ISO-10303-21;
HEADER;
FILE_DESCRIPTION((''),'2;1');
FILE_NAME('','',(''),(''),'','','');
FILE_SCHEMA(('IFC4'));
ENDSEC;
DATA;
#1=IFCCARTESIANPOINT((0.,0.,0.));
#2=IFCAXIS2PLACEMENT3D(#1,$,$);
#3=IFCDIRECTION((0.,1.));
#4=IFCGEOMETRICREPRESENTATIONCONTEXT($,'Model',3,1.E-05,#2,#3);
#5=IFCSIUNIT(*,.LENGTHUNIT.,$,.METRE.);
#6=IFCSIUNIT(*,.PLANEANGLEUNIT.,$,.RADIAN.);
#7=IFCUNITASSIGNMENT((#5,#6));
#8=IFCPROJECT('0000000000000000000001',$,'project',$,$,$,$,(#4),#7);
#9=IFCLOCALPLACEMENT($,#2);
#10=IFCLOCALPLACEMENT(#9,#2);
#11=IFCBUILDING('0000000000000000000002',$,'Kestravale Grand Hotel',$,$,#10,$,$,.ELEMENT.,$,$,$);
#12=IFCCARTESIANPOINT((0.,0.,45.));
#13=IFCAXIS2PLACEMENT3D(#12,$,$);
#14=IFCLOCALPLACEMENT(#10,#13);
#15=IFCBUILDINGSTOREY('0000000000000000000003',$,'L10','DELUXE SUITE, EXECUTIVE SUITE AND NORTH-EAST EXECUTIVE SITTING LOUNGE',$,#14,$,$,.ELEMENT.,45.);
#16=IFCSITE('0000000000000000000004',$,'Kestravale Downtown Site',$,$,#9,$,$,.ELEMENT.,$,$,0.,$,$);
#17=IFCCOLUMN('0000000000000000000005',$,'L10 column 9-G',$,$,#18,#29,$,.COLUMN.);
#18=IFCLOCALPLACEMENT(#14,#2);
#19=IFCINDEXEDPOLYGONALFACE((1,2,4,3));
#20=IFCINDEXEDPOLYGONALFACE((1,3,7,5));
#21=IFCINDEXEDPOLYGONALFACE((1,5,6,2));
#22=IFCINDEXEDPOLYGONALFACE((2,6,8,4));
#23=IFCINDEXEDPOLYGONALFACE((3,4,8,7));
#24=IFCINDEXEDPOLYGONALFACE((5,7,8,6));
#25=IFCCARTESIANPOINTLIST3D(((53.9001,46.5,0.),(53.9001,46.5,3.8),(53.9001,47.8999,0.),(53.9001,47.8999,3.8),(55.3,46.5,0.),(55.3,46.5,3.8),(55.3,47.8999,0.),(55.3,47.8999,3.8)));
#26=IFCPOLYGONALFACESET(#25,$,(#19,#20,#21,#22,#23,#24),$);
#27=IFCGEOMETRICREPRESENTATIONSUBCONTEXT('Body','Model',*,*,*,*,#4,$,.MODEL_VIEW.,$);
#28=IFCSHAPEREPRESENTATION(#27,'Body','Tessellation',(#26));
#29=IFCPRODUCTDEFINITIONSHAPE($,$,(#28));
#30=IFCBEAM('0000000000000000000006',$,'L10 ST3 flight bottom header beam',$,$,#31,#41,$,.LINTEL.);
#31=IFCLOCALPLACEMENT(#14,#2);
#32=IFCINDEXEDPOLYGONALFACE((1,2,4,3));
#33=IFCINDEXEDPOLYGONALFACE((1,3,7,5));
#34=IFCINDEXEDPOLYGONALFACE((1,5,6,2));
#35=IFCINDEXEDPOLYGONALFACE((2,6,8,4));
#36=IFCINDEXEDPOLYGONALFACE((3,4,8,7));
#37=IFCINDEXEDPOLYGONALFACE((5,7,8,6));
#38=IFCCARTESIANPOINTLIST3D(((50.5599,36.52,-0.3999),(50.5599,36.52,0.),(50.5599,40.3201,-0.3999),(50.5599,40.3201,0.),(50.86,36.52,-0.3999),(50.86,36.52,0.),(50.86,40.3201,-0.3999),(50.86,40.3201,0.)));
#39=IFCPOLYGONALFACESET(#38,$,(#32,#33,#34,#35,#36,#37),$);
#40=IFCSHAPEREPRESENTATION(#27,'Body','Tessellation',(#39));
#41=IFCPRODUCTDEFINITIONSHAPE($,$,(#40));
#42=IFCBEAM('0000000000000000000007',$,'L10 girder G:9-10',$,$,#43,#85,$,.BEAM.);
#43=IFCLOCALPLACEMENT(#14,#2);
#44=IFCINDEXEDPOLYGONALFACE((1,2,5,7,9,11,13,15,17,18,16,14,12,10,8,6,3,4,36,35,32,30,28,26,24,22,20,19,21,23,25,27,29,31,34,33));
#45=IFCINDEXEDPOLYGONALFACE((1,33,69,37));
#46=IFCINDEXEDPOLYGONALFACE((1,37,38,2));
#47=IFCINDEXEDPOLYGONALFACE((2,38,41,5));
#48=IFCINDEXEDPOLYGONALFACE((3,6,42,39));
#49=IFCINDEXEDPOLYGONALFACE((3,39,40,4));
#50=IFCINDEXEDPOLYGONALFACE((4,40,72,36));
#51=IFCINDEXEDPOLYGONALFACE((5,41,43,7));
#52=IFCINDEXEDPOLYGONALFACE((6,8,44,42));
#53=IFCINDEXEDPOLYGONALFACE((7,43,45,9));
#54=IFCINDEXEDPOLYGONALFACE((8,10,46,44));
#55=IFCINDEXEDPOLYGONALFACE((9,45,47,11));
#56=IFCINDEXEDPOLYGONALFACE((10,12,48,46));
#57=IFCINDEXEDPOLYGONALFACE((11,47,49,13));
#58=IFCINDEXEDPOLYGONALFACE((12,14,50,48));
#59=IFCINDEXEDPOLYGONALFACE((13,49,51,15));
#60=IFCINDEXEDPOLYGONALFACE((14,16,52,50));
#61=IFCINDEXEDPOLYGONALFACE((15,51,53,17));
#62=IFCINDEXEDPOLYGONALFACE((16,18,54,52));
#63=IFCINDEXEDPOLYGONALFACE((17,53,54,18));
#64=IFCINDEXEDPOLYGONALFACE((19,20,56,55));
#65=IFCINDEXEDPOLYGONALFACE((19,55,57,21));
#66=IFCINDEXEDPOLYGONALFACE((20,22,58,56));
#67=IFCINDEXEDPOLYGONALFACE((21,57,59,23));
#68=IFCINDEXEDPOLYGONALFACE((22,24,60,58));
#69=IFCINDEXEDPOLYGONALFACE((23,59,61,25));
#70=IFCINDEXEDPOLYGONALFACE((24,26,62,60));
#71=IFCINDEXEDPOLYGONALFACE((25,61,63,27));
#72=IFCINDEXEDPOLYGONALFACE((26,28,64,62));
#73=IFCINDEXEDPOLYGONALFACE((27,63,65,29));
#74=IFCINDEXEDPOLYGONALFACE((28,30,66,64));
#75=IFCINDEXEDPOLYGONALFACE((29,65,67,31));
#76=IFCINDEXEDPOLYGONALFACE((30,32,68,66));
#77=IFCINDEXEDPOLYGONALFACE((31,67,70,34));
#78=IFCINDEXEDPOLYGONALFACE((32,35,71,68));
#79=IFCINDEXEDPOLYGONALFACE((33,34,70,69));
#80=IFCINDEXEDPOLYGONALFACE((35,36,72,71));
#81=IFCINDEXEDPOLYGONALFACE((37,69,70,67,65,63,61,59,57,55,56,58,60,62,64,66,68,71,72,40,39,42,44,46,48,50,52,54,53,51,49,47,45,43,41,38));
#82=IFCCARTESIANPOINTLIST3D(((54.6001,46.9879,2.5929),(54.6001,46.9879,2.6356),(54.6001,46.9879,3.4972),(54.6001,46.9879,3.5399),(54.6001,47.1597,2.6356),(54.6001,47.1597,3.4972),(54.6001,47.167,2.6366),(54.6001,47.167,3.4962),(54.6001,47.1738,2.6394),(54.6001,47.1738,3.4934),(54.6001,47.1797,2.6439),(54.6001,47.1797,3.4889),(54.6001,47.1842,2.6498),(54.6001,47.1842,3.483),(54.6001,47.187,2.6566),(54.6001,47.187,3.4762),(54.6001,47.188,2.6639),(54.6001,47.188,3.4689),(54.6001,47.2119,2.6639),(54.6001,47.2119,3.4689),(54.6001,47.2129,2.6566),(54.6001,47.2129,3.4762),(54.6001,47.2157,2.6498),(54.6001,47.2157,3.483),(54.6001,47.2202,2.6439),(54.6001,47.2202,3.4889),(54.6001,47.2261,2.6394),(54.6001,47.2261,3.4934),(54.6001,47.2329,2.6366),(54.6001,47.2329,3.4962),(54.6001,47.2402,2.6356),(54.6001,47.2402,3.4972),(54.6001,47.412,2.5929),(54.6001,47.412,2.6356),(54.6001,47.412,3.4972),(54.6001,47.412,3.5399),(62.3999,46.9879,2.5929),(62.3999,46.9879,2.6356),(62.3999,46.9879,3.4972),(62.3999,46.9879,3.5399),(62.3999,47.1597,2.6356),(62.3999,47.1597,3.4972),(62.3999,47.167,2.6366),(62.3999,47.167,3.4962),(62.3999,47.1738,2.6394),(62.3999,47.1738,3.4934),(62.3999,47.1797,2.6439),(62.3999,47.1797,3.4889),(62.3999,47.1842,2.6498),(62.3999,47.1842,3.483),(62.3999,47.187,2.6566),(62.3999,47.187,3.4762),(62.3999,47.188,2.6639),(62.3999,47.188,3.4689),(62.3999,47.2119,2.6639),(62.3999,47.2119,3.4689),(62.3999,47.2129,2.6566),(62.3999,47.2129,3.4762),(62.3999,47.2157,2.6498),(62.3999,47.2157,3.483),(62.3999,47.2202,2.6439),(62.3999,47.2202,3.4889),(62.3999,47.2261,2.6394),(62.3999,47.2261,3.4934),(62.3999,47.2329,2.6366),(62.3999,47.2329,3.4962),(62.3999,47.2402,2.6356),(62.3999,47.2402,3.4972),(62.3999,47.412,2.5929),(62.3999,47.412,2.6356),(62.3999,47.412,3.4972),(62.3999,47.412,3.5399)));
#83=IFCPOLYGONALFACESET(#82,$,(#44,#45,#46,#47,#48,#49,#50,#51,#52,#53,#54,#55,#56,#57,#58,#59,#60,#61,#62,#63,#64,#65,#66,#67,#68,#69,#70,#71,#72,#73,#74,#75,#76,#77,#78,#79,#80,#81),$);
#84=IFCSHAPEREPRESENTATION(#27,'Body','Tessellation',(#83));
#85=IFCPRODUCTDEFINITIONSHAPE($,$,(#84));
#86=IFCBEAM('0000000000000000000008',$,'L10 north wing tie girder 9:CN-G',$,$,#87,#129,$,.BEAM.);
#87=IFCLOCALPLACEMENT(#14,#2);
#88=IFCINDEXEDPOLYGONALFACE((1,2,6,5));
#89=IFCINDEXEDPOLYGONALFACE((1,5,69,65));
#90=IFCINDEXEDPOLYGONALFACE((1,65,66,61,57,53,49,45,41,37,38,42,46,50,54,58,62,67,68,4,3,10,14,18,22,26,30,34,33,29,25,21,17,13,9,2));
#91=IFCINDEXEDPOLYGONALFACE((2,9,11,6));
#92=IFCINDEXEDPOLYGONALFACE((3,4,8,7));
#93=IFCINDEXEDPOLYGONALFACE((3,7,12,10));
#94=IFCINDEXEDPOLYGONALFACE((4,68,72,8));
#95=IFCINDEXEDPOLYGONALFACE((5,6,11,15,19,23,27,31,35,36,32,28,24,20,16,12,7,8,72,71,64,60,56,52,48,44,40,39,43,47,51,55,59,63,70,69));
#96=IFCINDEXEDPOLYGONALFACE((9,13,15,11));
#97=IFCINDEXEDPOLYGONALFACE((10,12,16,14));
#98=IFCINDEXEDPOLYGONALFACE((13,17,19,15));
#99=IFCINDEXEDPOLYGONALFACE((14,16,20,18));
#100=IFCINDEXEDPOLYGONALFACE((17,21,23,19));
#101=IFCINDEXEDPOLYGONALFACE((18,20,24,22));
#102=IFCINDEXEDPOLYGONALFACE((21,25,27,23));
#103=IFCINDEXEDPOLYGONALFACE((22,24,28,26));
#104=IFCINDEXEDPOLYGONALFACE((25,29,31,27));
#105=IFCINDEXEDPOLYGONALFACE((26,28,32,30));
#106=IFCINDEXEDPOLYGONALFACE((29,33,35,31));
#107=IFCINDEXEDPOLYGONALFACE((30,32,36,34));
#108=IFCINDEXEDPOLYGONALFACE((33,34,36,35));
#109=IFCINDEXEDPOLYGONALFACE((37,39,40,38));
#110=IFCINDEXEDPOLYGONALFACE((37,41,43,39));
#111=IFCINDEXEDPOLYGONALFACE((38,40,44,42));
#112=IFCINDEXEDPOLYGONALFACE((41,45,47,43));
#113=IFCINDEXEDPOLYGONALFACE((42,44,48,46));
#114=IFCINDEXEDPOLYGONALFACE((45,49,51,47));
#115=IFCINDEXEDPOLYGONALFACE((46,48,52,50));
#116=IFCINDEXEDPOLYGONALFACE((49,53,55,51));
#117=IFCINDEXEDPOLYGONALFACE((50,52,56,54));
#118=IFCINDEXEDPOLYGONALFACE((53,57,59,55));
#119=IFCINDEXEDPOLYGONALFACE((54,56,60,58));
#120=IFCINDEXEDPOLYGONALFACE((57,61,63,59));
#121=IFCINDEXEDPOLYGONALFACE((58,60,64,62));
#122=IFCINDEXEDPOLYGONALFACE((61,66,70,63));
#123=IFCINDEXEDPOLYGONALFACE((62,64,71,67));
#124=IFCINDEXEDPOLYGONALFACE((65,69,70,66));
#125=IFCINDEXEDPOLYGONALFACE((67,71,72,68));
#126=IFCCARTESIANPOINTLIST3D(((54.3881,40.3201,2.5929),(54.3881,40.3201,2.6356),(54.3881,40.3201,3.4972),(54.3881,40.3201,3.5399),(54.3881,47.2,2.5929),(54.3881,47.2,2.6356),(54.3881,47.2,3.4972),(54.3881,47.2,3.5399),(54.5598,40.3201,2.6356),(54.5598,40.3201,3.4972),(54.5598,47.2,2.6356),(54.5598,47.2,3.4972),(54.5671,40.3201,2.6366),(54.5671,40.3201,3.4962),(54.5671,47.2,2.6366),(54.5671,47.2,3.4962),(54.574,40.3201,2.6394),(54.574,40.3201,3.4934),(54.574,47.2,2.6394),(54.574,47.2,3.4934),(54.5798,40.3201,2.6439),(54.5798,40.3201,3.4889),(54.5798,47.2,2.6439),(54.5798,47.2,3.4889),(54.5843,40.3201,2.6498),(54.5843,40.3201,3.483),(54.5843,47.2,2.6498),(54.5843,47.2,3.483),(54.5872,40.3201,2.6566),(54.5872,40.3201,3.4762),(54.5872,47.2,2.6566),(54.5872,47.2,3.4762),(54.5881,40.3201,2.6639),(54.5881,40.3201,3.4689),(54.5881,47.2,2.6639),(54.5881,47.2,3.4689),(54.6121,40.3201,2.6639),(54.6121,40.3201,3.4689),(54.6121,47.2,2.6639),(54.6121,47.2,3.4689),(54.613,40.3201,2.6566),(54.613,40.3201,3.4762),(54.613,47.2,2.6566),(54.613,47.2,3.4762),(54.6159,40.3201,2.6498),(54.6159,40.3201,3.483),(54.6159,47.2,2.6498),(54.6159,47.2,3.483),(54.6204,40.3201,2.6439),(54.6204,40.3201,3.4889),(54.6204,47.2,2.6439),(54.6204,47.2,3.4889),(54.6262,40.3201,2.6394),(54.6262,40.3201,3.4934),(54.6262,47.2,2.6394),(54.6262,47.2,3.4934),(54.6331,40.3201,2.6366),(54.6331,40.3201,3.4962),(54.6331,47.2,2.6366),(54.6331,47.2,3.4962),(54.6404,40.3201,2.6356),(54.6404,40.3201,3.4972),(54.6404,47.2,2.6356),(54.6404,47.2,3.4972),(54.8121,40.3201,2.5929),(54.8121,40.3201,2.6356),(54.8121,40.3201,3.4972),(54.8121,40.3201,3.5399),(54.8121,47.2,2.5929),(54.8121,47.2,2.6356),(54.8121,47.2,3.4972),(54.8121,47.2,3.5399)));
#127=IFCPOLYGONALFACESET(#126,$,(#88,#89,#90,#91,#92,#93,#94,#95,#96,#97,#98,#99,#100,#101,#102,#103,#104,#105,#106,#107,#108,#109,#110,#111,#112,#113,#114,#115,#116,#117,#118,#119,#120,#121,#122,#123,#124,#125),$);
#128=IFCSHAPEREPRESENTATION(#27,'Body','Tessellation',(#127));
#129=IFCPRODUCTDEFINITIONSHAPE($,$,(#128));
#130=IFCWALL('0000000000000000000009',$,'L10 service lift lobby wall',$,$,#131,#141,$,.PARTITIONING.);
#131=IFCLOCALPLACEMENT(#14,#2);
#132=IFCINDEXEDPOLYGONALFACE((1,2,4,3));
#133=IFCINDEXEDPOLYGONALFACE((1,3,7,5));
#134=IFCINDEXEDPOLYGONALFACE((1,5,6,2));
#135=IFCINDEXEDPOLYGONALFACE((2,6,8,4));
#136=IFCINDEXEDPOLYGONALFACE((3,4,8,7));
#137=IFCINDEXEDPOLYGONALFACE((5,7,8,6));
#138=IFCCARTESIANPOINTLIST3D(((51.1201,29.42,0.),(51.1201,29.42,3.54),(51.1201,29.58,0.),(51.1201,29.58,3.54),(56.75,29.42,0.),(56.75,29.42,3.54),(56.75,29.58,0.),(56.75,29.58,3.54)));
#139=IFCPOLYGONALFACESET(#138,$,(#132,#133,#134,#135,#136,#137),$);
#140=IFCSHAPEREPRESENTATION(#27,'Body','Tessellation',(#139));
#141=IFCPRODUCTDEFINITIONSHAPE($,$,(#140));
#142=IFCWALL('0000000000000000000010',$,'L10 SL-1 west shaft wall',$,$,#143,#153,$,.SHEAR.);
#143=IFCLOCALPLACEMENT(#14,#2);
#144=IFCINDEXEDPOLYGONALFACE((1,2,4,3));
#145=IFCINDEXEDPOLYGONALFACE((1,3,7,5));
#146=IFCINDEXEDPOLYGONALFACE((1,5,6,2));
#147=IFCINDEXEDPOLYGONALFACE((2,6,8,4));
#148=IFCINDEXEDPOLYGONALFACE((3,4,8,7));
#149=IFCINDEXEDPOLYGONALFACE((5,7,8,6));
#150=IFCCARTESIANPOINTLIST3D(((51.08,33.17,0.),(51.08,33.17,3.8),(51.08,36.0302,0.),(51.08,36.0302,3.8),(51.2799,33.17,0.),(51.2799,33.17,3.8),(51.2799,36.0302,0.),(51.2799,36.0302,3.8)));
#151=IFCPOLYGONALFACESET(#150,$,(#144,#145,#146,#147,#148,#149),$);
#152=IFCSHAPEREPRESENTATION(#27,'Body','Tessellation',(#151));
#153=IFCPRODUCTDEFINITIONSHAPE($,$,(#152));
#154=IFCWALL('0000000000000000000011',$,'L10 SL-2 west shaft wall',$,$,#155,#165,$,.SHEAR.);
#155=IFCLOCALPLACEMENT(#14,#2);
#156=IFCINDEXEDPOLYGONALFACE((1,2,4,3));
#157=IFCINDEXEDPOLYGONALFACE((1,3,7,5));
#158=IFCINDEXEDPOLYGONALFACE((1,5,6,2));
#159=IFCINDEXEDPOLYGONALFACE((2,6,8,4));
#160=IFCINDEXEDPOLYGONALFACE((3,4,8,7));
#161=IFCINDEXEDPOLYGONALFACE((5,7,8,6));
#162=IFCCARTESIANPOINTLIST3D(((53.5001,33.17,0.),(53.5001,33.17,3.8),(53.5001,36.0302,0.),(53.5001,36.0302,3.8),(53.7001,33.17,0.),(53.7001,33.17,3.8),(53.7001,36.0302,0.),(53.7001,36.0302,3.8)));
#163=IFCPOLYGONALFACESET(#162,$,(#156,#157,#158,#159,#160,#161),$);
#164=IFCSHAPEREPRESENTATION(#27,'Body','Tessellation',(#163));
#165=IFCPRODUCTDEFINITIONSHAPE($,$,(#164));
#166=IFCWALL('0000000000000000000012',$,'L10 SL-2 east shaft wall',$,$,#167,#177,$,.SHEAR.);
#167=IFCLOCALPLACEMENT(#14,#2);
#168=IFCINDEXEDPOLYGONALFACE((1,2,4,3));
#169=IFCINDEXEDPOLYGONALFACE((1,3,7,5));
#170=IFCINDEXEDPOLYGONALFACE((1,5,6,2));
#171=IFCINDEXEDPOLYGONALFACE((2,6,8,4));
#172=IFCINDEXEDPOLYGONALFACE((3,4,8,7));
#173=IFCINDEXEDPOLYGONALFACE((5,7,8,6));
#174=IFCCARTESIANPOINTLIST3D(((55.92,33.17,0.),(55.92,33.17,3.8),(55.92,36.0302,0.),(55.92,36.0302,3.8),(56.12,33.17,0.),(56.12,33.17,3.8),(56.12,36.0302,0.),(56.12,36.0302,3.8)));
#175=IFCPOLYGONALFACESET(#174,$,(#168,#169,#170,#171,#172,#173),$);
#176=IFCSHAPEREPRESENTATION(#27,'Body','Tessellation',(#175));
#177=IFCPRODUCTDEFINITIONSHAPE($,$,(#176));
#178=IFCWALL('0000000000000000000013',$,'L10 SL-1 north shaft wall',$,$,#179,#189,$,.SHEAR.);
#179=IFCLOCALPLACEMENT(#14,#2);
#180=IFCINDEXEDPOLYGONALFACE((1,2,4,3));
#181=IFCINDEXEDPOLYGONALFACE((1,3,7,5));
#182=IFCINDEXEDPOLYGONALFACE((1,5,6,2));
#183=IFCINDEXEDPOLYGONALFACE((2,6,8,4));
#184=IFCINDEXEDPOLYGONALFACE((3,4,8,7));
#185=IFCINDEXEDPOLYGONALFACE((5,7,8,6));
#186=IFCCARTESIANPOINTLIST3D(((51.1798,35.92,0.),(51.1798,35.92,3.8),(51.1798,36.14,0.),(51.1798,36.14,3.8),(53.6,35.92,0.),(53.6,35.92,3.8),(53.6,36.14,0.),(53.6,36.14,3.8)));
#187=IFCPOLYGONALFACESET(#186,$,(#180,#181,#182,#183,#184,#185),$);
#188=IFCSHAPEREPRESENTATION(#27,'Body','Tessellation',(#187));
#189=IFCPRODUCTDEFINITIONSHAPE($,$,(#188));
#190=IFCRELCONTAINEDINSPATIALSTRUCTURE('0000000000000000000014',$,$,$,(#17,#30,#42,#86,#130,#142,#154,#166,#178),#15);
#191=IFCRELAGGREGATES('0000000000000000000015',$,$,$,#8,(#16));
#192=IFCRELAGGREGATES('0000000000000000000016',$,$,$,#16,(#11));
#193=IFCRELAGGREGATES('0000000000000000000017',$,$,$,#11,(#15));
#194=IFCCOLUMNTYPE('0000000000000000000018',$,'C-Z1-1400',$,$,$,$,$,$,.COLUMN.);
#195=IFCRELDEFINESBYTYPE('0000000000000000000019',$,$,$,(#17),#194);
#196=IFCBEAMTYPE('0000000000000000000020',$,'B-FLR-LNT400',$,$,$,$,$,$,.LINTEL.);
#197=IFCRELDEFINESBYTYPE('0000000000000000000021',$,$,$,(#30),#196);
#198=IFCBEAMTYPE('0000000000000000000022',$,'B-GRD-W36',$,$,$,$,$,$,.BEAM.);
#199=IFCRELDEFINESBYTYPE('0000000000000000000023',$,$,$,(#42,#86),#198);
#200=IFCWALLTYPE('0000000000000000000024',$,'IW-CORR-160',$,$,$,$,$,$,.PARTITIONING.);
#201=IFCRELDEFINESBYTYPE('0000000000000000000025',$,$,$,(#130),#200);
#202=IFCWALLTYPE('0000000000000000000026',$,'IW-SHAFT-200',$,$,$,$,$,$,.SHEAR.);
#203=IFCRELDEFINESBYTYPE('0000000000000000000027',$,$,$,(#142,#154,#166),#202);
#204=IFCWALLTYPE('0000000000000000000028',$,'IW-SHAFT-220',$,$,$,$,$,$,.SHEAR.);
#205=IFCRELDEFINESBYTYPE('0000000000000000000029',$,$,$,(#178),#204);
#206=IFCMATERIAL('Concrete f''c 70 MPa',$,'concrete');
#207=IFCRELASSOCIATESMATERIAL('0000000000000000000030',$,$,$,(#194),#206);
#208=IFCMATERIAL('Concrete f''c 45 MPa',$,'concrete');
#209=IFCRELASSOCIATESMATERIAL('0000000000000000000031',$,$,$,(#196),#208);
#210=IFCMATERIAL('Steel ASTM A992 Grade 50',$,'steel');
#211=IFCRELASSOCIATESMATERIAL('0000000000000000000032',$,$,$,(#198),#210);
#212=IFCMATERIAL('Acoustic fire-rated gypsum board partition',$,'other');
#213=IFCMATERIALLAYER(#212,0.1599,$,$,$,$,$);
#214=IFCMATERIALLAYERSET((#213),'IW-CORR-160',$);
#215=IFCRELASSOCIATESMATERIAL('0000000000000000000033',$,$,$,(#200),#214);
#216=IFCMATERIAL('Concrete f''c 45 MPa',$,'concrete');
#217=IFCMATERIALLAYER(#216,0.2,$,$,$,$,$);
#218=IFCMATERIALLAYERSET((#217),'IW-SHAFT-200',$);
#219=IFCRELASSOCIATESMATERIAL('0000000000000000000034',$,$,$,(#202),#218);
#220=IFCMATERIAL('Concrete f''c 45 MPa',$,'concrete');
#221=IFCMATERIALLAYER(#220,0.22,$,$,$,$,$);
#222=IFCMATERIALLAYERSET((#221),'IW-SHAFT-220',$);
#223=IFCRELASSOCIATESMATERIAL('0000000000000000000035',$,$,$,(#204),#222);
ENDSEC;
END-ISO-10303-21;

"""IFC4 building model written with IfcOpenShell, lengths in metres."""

from ifc_helpers import new_model, si_unit, direction, frame, frame_2d, origin, origin_2d, place, context, subcontext, project, spatial, rectangle, i_section, extrude, material, layer, layer_set, material_profile, profile_set, type_object, element, save


model = new_model("IFC4")

# Units and contexts
model_context = context("Model", 3, precision=1e-05, world=origin(), true_north=direction((0.0, 1.0)))
body_context = subcontext(model_context, "Body", "Model", "MODEL_VIEW")
ifc_project = project(units=[si_unit("LENGTHUNIT", "METRE"), si_unit("PLANEANGLEUNIT", "RADIAN")], contexts=[model_context])

# Site, building, storey
site_placement = place(None, origin())
site = spatial("IfcSite", under=ifc_project, at=site_placement, Name="Kestravale Downtown Site", CompositionType="ELEMENT", RefElevation=0.0)
building_placement = place(site_placement, origin())
building = spatial("IfcBuilding", under=site, at=building_placement, Name="Kestravale Grand Hotel", CompositionType="ELEMENT")
storey_placement = place(building_placement, frame((0.0, 0.0, 45.0)))
storey = spatial("IfcBuildingStorey", under=building, at=storey_placement, Name="L10", Description="DELUXE SUITE, EXECUTIVE SUITE AND NORTH-EAST EXECUTIVE SITTING LOUNGE", CompositionType="ELEMENT", Elevation=45.0)

# Column
ifc_material_1 = material(Name="Concrete f'c 70 MPa", Category="concrete")
ifc_material_profile_1 = material_profile(ifc_material_1, rectangle(XDim=1.3999, YDim=1.3999, at=origin_2d()))
ifc_profile_set_1 = profile_set([ifc_material_profile_1], Name="Concrete f'c 70 MPa")
column_type = type_object("IfcColumnType", Name="C-Z1-1400", PredefinedType="COLUMN", material=ifc_profile_set_1)
column_placement = place(storey_placement, frame((54.6001, 47.2, 0.0), z_axis=(0.0, 0.0, 1.0), x_axis=(1.0, 0.0, 0.0)))
element("IfcColumn", 1, at=column_placement, inside=storey, type_object=column_type, Name="L10 column 9-G", PredefinedType="COLUMN", context=body_context, shape_type="SweptSolid", body=[
    extrude(rectangle(XDim=1.3999, YDim=1.3999, at=origin_2d()), origin(), (0.0, 0.0, 1.0), 3.8),
])

# Beams
ifc_material_2 = material(Name="Concrete f'c 45 MPa", Category="concrete")
ifc_material_profile_2 = material_profile(ifc_material_2, rectangle(XDim=0.3, YDim=0.3999, at=origin_2d()))
ifc_profile_set_2 = profile_set([ifc_material_profile_2], Name="Concrete f'c 45 MPa")
beam_type_1 = type_object("IfcBeamType", Name="B-FLR-LNT400", PredefinedType="LINTEL", material=ifc_profile_set_2)
beam_1_placement = place(storey_placement, frame((50.71, 36.52, -0.2), z_axis=(0.0, 1.0, 0.0), x_axis=(-1.0, 0.0, 0.0)))
element("IfcBeam", 2, at=beam_1_placement, inside=storey, type_object=beam_type_1, Name="L10 ST3 flight bottom header beam", PredefinedType="LINTEL", context=body_context, shape_type="SweptSolid", body=[
    extrude(rectangle(XDim=0.3, YDim=0.3999, at=origin_2d()), origin(), (0.0, 0.0, 1.0), 3.8),
])
ifc_material_3 = material(Name="Steel ASTM A992 Grade 50", Category="steel")
ifc_material_profile_3 = material_profile(ifc_material_3, i_section(OverallWidth=0.4241, OverallDepth=0.947, WebThickness=0.0239, FlangeThickness=0.0427, FilletRadius=0.0283, at=origin_2d()))
ifc_profile_set_3 = profile_set([ifc_material_profile_3], Name="Steel ASTM A992 Grade 50")
beam_type_2 = type_object("IfcBeamType", Name="B-GRD-W36", PredefinedType="BEAM", material=ifc_profile_set_3)
beam_2_placement = place(storey_placement, frame((54.6001, 47.2, 3.0664), z_axis=(1.0, 0.0, 0.0), x_axis=(0.0, 1.0, 0.0)))
element("IfcBeam", 3, at=beam_2_placement, inside=storey, type_object=beam_type_2, Name="L10 girder G:9-10", PredefinedType="BEAM", context=body_context, shape_type="SweptSolid", body=[
    extrude(i_section(OverallWidth=0.4241, OverallDepth=0.947, WebThickness=0.0239, FlangeThickness=0.0427, FilletRadius=0.0283, at=origin_2d()), origin(), (0.0, 0.0, 1.0), 7.7998),
])
beam_3_placement = place(storey_placement, frame((54.6001, 40.3201, 3.0664), z_axis=(0.0, 1.0, 0.0), x_axis=(-1.0, 0.0, 0.0)))
element("IfcBeam", 4, at=beam_3_placement, inside=storey, type_object=beam_type_2, Name="L10 north wing tie girder 9:CN-G", PredefinedType="BEAM", context=body_context, shape_type="SweptSolid", body=[
    extrude(i_section(OverallWidth=0.4241, OverallDepth=0.947, WebThickness=0.0239, FlangeThickness=0.0427, FilletRadius=0.0283, at=origin_2d()), origin(), (0.0, 0.0, 1.0), 6.8799),
])

# Shared definitions
ifc_material_4 = material(Name="Acoustic fire-rated gypsum board partition", Category="other")
ifc_layer_1 = layer(ifc_material_4, 0.1599)
ifc_layer_set_1 = layer_set([ifc_layer_1], Name="IW-CORR-160")
wall_type_1 = type_object("IfcWallType", Name="IW-CORR-160", PredefinedType="PARTITIONING", material=ifc_layer_set_1)

# Walls
wall_1_placement = place(storey_placement, frame((51.1201, 29.5, 0.0), z_axis=(0.0, 0.0, 1.0), x_axis=(1.0, 0.0, 0.0)))
element("IfcWall", 5, at=wall_1_placement, inside=storey, type_object=wall_type_1, Name="L10 service lift lobby wall", PredefinedType="PARTITIONING", context=body_context, shape_type="SweptSolid", body=[
    extrude(rectangle(XDim=5.6299, YDim=0.1599, at=frame_2d((2.8149, 0.0))), origin(), (0.0, 0.0, 1.0), 3.54),
])
ifc_material_5 = material(Name="Concrete f'c 45 MPa", Category="concrete")
ifc_layer_2 = layer(ifc_material_5, 0.2)
ifc_layer_set_2 = layer_set([ifc_layer_2], Name="IW-SHAFT-200")
wall_type_2 = type_object("IfcWallType", Name="IW-SHAFT-200", PredefinedType="SHEAR", material=ifc_layer_set_2)
for number, where, z_axis, x_axis, name in (
    (6, (51.1799, 33.1699, 0.0), (0.0, 0.0, 1.0), (0.0, 1.0, 0.0), "L10 SL-1 west shaft wall"),
    (7, (53.6001, 33.1699, 0.0), (0.0, 0.0, 1.0), (0.0, 1.0, 0.0), "L10 SL-2 west shaft wall"),
    (8, (56.02, 33.1699, 0.0), (0.0, 0.0, 1.0), (0.0, 1.0, 0.0), "L10 SL-2 east shaft wall"),
):
    element("IfcWall", number, at=place(storey_placement, frame(where, z_axis=z_axis, x_axis=x_axis)), inside=storey, type_object=wall_type_2, Name=name, PredefinedType="SHEAR", context=body_context, shape_type="SweptSolid", body=[
        extrude(rectangle(XDim=2.8601, YDim=0.2, at=frame_2d((1.4302, 0.0))), origin(), (0.0, 0.0, 1.0), 3.8),
    ])
ifc_material_6 = material(Name="Concrete f'c 45 MPa", Category="concrete")
ifc_layer_3 = layer(ifc_material_6, 0.22)
ifc_layer_set_3 = layer_set([ifc_layer_3], Name="IW-SHAFT-220")
wall_type_3 = type_object("IfcWallType", Name="IW-SHAFT-220", PredefinedType="SHEAR", material=ifc_layer_set_3)
wall_2_placement = place(storey_placement, frame((51.1799, 36.03, 0.0), z_axis=(0.0, 0.0, 1.0), x_axis=(1.0, 0.0, 0.0)))
element("IfcWall", 9, at=wall_2_placement, inside=storey, type_object=wall_type_3, Name="L10 SL-1 north shaft wall", PredefinedType="SHEAR", context=body_context, shape_type="SweptSolid", body=[
    extrude(rectangle(XDim=2.4202, YDim=0.22, at=frame_2d((1.21, 0.0))), origin(), (0.0, 0.0, 1.0), 3.8),
])

save(model, "model.ifc")
